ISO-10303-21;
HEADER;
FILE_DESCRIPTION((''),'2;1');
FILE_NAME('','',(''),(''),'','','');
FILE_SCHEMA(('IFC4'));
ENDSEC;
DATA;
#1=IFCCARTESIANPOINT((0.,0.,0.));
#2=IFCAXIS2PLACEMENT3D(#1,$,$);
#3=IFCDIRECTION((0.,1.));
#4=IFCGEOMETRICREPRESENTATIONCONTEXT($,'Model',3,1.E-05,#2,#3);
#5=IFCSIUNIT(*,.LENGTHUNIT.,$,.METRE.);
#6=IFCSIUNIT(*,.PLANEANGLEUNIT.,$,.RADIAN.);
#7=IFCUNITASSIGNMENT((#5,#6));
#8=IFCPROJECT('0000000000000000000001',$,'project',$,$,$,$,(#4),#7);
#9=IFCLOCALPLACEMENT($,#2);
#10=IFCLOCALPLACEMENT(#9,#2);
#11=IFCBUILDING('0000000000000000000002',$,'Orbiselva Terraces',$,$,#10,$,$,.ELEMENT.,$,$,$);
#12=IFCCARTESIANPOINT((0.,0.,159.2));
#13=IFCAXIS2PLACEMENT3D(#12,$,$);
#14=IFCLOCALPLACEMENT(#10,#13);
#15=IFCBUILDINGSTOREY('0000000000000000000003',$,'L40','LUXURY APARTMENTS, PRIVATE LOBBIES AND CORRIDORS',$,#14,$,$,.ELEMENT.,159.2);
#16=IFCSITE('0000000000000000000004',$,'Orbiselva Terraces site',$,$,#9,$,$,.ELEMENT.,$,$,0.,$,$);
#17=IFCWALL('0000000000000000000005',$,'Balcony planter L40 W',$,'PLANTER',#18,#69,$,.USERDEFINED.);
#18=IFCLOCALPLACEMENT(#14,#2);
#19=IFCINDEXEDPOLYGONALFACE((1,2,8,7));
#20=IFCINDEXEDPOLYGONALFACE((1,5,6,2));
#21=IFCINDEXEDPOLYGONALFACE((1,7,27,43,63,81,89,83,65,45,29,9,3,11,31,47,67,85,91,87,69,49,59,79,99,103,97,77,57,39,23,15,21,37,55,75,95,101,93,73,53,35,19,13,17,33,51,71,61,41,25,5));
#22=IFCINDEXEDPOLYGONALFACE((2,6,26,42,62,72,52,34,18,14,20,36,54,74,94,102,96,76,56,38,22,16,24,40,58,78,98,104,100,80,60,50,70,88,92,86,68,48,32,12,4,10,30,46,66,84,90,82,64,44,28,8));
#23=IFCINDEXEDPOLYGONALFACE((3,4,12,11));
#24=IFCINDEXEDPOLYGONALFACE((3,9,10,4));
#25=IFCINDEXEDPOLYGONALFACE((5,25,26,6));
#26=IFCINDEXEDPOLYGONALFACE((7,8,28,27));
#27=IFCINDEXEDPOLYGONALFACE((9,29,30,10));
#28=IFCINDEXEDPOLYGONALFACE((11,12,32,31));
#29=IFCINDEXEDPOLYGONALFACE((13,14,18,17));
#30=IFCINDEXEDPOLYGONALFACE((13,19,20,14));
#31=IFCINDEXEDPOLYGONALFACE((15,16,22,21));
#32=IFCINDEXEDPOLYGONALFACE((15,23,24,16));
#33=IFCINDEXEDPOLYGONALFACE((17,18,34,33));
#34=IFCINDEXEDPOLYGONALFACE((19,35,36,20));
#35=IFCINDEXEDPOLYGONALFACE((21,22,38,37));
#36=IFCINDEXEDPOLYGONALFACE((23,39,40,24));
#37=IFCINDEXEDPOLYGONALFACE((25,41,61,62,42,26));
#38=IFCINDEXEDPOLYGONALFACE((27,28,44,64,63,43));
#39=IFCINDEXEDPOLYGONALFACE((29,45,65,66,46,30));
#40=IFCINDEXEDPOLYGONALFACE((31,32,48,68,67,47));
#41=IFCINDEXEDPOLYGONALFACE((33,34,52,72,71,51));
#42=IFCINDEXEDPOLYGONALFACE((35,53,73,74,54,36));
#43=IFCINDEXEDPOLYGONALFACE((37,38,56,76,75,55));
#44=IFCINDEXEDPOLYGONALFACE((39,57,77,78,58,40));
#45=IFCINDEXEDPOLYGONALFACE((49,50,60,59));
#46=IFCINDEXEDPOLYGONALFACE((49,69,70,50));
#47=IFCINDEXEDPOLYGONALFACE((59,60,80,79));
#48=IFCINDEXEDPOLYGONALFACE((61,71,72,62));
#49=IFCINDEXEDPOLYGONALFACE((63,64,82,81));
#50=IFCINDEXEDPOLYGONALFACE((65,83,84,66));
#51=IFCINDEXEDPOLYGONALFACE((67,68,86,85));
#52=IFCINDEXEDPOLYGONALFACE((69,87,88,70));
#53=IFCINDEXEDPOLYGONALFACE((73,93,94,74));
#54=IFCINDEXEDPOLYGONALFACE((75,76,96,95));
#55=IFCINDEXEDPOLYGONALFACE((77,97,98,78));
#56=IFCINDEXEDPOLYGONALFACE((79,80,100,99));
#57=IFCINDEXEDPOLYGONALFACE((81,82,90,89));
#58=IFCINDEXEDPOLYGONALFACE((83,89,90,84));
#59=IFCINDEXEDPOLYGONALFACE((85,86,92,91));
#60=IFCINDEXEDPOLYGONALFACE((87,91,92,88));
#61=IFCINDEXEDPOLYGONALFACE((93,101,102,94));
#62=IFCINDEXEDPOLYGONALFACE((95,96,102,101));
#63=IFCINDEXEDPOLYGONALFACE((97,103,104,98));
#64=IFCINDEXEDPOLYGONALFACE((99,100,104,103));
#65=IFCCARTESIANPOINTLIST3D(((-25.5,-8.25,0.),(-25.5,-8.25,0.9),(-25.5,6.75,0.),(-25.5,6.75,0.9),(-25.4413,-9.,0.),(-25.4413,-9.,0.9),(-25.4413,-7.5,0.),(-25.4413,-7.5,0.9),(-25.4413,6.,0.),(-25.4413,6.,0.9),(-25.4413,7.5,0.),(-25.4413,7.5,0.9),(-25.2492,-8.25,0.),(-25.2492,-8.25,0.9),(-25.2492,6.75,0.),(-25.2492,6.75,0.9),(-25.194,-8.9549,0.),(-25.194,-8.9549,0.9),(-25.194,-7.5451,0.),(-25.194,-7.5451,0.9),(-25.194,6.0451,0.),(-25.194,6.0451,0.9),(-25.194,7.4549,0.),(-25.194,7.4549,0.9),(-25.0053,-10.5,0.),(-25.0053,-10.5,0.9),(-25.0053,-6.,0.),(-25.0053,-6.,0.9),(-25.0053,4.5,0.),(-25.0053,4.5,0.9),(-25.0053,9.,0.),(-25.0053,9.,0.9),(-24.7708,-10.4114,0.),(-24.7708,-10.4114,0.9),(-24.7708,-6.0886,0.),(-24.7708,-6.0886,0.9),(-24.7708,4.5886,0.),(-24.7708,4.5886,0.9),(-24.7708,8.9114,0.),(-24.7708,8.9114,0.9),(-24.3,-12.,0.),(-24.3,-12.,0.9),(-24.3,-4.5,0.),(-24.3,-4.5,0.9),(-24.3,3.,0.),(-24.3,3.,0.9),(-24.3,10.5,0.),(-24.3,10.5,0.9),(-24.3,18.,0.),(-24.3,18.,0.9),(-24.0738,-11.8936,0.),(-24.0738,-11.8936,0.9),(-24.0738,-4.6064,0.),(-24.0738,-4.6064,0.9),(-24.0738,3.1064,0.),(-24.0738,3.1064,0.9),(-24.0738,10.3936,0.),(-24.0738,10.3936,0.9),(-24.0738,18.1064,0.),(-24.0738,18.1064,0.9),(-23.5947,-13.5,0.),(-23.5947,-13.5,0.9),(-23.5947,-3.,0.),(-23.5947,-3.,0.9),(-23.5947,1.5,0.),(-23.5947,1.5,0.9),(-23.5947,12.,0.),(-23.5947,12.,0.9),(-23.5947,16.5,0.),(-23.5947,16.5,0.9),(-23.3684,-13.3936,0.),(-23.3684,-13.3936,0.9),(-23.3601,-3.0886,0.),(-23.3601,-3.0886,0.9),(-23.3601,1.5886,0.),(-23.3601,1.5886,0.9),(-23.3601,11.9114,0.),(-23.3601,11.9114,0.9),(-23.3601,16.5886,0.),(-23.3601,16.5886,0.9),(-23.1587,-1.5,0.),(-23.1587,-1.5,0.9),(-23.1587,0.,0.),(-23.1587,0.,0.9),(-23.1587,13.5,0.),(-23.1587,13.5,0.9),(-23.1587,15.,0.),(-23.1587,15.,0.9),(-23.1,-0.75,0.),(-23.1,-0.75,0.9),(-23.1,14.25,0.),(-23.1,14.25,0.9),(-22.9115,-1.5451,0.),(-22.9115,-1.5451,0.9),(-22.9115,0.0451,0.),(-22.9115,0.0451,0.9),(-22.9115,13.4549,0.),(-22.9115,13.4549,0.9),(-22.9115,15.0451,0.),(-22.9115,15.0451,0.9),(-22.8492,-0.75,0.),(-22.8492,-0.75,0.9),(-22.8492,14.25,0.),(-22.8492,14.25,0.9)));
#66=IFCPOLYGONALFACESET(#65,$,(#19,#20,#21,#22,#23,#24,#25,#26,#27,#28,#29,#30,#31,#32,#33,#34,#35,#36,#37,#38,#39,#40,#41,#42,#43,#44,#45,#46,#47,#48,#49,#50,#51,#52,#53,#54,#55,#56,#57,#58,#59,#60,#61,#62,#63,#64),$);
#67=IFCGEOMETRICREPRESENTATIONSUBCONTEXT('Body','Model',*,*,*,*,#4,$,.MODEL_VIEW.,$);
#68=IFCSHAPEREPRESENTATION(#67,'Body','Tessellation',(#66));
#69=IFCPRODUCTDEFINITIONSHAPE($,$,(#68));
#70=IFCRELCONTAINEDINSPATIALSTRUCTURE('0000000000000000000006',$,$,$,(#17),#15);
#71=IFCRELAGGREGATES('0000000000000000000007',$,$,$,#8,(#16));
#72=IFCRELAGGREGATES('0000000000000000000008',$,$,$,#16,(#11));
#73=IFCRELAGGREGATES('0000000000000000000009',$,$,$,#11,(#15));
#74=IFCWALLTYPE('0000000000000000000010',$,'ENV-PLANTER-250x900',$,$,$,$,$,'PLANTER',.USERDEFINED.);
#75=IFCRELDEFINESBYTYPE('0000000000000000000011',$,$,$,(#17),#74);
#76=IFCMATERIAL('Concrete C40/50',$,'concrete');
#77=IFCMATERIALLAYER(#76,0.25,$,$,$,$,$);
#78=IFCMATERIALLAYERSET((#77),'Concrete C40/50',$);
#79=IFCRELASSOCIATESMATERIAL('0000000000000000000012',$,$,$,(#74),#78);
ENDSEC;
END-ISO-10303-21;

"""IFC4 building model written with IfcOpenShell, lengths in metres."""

from ifc_helpers import new_model, si_unit, direction, frame, origin, place, context, subcontext, project, spatial, polyline, outline, extrude, material, layer, layer_set, type_object, element, save


model = new_model("IFC4")

# Units and contexts
model_context = context("Model", 3, precision=1e-05, world=origin(), true_north=direction((0.0, 1.0)))
body_context = subcontext(model_context, "Body", "Model", "MODEL_VIEW")
ifc_project = project(units=[si_unit("LENGTHUNIT", "METRE"), si_unit("PLANEANGLEUNIT", "RADIAN")], contexts=[model_context])

# Site, building, storey
site_placement = place(None, origin())
site = spatial("IfcSite", under=ifc_project, at=site_placement, Name="Orbiselva Terraces site", CompositionType="ELEMENT", RefElevation=0.0)
building_placement = place(site_placement, origin())
building = spatial("IfcBuilding", under=site, at=building_placement, Name="Orbiselva Terraces", CompositionType="ELEMENT")
storey_placement = place(building_placement, frame((0.0, 0.0, 159.2)))
storey = spatial("IfcBuildingStorey", under=building, at=storey_placement, Name="L40", Description="LUXURY APARTMENTS, PRIVATE LOBBIES AND CORRIDORS", CompositionType="ELEMENT", Elevation=159.2)

# Shared definitions
ifc_material_1 = material(Name="Concrete C40/50", Category="concrete")

# Wall
ifc_layer_1 = layer(ifc_material_1, 0.25)
ifc_layer_set_1 = layer_set([ifc_layer_1], Name="Concrete C40/50")
wall_type = type_object("IfcWallType", Name="ENV-PLANTER-250x900", ElementType="PLANTER", PredefinedType="USERDEFINED", material=ifc_layer_set_1)
wall_1_placement = place(storey_placement, origin())
element("IfcWall", 1, at=wall_1_placement, inside=storey, type_object=wall_type, Name="Balcony planter L40 W", ObjectType="PLANTER", PredefinedType="USERDEFINED", context=body_context, shape_type="SweptSolid", body=[
    extrude(outline(polyline([(-24.3, 18.0), (-23.5947, 16.5), (-23.1587, 15.0), (-23.1, 14.25), (-23.1587, 13.5), (-23.5947, 12.0), (-24.3, 10.5), (-25.0053, 9.0), (-25.4413, 7.5), (-25.5, 6.75), (-25.4413, 6.0), (-25.0053, 4.5), (-24.3, 3.0), (-23.5947, 1.5), (-23.1587, 0.0), (-23.1, -0.75), (-23.1587, -1.5), (-23.5947, -3.0), (-24.3, -4.5), (-25.0053, -6.0), (-25.4413, -7.5), (-25.5, -8.25), (-25.4413, -9.0), (-25.0053, -10.5), (-24.3, -12.0), (-23.5947, -13.5), (-23.3684, -13.3936), (-24.0738, -11.8936), (-24.7708, -10.4114), (-25.194, -8.9549), (-25.2492, -8.25), (-25.194, -7.5451), (-24.7708, -6.0886), (-24.0738, -4.6064), (-23.3601, -3.0886), (-22.9115, -1.5451), (-22.8492, -0.75), (-22.9115, 0.0451), (-23.3601, 1.5886), (-24.0738, 3.1064), (-24.7708, 4.5886), (-25.194, 6.0451), (-25.2492, 6.75), (-25.194, 7.4549), (-24.7708, 8.9114), (-24.0738, 10.3936), (-23.3601, 11.9114), (-22.9115, 13.4549), (-22.8492, 14.25), (-22.9115, 15.0451), (-23.3601, 16.5886), (-24.0738, 18.1064), (-24.3, 18.0)])), origin(), (0.0, 0.0, 1.0), 0.9),
])

save(model, "model.ifc")
